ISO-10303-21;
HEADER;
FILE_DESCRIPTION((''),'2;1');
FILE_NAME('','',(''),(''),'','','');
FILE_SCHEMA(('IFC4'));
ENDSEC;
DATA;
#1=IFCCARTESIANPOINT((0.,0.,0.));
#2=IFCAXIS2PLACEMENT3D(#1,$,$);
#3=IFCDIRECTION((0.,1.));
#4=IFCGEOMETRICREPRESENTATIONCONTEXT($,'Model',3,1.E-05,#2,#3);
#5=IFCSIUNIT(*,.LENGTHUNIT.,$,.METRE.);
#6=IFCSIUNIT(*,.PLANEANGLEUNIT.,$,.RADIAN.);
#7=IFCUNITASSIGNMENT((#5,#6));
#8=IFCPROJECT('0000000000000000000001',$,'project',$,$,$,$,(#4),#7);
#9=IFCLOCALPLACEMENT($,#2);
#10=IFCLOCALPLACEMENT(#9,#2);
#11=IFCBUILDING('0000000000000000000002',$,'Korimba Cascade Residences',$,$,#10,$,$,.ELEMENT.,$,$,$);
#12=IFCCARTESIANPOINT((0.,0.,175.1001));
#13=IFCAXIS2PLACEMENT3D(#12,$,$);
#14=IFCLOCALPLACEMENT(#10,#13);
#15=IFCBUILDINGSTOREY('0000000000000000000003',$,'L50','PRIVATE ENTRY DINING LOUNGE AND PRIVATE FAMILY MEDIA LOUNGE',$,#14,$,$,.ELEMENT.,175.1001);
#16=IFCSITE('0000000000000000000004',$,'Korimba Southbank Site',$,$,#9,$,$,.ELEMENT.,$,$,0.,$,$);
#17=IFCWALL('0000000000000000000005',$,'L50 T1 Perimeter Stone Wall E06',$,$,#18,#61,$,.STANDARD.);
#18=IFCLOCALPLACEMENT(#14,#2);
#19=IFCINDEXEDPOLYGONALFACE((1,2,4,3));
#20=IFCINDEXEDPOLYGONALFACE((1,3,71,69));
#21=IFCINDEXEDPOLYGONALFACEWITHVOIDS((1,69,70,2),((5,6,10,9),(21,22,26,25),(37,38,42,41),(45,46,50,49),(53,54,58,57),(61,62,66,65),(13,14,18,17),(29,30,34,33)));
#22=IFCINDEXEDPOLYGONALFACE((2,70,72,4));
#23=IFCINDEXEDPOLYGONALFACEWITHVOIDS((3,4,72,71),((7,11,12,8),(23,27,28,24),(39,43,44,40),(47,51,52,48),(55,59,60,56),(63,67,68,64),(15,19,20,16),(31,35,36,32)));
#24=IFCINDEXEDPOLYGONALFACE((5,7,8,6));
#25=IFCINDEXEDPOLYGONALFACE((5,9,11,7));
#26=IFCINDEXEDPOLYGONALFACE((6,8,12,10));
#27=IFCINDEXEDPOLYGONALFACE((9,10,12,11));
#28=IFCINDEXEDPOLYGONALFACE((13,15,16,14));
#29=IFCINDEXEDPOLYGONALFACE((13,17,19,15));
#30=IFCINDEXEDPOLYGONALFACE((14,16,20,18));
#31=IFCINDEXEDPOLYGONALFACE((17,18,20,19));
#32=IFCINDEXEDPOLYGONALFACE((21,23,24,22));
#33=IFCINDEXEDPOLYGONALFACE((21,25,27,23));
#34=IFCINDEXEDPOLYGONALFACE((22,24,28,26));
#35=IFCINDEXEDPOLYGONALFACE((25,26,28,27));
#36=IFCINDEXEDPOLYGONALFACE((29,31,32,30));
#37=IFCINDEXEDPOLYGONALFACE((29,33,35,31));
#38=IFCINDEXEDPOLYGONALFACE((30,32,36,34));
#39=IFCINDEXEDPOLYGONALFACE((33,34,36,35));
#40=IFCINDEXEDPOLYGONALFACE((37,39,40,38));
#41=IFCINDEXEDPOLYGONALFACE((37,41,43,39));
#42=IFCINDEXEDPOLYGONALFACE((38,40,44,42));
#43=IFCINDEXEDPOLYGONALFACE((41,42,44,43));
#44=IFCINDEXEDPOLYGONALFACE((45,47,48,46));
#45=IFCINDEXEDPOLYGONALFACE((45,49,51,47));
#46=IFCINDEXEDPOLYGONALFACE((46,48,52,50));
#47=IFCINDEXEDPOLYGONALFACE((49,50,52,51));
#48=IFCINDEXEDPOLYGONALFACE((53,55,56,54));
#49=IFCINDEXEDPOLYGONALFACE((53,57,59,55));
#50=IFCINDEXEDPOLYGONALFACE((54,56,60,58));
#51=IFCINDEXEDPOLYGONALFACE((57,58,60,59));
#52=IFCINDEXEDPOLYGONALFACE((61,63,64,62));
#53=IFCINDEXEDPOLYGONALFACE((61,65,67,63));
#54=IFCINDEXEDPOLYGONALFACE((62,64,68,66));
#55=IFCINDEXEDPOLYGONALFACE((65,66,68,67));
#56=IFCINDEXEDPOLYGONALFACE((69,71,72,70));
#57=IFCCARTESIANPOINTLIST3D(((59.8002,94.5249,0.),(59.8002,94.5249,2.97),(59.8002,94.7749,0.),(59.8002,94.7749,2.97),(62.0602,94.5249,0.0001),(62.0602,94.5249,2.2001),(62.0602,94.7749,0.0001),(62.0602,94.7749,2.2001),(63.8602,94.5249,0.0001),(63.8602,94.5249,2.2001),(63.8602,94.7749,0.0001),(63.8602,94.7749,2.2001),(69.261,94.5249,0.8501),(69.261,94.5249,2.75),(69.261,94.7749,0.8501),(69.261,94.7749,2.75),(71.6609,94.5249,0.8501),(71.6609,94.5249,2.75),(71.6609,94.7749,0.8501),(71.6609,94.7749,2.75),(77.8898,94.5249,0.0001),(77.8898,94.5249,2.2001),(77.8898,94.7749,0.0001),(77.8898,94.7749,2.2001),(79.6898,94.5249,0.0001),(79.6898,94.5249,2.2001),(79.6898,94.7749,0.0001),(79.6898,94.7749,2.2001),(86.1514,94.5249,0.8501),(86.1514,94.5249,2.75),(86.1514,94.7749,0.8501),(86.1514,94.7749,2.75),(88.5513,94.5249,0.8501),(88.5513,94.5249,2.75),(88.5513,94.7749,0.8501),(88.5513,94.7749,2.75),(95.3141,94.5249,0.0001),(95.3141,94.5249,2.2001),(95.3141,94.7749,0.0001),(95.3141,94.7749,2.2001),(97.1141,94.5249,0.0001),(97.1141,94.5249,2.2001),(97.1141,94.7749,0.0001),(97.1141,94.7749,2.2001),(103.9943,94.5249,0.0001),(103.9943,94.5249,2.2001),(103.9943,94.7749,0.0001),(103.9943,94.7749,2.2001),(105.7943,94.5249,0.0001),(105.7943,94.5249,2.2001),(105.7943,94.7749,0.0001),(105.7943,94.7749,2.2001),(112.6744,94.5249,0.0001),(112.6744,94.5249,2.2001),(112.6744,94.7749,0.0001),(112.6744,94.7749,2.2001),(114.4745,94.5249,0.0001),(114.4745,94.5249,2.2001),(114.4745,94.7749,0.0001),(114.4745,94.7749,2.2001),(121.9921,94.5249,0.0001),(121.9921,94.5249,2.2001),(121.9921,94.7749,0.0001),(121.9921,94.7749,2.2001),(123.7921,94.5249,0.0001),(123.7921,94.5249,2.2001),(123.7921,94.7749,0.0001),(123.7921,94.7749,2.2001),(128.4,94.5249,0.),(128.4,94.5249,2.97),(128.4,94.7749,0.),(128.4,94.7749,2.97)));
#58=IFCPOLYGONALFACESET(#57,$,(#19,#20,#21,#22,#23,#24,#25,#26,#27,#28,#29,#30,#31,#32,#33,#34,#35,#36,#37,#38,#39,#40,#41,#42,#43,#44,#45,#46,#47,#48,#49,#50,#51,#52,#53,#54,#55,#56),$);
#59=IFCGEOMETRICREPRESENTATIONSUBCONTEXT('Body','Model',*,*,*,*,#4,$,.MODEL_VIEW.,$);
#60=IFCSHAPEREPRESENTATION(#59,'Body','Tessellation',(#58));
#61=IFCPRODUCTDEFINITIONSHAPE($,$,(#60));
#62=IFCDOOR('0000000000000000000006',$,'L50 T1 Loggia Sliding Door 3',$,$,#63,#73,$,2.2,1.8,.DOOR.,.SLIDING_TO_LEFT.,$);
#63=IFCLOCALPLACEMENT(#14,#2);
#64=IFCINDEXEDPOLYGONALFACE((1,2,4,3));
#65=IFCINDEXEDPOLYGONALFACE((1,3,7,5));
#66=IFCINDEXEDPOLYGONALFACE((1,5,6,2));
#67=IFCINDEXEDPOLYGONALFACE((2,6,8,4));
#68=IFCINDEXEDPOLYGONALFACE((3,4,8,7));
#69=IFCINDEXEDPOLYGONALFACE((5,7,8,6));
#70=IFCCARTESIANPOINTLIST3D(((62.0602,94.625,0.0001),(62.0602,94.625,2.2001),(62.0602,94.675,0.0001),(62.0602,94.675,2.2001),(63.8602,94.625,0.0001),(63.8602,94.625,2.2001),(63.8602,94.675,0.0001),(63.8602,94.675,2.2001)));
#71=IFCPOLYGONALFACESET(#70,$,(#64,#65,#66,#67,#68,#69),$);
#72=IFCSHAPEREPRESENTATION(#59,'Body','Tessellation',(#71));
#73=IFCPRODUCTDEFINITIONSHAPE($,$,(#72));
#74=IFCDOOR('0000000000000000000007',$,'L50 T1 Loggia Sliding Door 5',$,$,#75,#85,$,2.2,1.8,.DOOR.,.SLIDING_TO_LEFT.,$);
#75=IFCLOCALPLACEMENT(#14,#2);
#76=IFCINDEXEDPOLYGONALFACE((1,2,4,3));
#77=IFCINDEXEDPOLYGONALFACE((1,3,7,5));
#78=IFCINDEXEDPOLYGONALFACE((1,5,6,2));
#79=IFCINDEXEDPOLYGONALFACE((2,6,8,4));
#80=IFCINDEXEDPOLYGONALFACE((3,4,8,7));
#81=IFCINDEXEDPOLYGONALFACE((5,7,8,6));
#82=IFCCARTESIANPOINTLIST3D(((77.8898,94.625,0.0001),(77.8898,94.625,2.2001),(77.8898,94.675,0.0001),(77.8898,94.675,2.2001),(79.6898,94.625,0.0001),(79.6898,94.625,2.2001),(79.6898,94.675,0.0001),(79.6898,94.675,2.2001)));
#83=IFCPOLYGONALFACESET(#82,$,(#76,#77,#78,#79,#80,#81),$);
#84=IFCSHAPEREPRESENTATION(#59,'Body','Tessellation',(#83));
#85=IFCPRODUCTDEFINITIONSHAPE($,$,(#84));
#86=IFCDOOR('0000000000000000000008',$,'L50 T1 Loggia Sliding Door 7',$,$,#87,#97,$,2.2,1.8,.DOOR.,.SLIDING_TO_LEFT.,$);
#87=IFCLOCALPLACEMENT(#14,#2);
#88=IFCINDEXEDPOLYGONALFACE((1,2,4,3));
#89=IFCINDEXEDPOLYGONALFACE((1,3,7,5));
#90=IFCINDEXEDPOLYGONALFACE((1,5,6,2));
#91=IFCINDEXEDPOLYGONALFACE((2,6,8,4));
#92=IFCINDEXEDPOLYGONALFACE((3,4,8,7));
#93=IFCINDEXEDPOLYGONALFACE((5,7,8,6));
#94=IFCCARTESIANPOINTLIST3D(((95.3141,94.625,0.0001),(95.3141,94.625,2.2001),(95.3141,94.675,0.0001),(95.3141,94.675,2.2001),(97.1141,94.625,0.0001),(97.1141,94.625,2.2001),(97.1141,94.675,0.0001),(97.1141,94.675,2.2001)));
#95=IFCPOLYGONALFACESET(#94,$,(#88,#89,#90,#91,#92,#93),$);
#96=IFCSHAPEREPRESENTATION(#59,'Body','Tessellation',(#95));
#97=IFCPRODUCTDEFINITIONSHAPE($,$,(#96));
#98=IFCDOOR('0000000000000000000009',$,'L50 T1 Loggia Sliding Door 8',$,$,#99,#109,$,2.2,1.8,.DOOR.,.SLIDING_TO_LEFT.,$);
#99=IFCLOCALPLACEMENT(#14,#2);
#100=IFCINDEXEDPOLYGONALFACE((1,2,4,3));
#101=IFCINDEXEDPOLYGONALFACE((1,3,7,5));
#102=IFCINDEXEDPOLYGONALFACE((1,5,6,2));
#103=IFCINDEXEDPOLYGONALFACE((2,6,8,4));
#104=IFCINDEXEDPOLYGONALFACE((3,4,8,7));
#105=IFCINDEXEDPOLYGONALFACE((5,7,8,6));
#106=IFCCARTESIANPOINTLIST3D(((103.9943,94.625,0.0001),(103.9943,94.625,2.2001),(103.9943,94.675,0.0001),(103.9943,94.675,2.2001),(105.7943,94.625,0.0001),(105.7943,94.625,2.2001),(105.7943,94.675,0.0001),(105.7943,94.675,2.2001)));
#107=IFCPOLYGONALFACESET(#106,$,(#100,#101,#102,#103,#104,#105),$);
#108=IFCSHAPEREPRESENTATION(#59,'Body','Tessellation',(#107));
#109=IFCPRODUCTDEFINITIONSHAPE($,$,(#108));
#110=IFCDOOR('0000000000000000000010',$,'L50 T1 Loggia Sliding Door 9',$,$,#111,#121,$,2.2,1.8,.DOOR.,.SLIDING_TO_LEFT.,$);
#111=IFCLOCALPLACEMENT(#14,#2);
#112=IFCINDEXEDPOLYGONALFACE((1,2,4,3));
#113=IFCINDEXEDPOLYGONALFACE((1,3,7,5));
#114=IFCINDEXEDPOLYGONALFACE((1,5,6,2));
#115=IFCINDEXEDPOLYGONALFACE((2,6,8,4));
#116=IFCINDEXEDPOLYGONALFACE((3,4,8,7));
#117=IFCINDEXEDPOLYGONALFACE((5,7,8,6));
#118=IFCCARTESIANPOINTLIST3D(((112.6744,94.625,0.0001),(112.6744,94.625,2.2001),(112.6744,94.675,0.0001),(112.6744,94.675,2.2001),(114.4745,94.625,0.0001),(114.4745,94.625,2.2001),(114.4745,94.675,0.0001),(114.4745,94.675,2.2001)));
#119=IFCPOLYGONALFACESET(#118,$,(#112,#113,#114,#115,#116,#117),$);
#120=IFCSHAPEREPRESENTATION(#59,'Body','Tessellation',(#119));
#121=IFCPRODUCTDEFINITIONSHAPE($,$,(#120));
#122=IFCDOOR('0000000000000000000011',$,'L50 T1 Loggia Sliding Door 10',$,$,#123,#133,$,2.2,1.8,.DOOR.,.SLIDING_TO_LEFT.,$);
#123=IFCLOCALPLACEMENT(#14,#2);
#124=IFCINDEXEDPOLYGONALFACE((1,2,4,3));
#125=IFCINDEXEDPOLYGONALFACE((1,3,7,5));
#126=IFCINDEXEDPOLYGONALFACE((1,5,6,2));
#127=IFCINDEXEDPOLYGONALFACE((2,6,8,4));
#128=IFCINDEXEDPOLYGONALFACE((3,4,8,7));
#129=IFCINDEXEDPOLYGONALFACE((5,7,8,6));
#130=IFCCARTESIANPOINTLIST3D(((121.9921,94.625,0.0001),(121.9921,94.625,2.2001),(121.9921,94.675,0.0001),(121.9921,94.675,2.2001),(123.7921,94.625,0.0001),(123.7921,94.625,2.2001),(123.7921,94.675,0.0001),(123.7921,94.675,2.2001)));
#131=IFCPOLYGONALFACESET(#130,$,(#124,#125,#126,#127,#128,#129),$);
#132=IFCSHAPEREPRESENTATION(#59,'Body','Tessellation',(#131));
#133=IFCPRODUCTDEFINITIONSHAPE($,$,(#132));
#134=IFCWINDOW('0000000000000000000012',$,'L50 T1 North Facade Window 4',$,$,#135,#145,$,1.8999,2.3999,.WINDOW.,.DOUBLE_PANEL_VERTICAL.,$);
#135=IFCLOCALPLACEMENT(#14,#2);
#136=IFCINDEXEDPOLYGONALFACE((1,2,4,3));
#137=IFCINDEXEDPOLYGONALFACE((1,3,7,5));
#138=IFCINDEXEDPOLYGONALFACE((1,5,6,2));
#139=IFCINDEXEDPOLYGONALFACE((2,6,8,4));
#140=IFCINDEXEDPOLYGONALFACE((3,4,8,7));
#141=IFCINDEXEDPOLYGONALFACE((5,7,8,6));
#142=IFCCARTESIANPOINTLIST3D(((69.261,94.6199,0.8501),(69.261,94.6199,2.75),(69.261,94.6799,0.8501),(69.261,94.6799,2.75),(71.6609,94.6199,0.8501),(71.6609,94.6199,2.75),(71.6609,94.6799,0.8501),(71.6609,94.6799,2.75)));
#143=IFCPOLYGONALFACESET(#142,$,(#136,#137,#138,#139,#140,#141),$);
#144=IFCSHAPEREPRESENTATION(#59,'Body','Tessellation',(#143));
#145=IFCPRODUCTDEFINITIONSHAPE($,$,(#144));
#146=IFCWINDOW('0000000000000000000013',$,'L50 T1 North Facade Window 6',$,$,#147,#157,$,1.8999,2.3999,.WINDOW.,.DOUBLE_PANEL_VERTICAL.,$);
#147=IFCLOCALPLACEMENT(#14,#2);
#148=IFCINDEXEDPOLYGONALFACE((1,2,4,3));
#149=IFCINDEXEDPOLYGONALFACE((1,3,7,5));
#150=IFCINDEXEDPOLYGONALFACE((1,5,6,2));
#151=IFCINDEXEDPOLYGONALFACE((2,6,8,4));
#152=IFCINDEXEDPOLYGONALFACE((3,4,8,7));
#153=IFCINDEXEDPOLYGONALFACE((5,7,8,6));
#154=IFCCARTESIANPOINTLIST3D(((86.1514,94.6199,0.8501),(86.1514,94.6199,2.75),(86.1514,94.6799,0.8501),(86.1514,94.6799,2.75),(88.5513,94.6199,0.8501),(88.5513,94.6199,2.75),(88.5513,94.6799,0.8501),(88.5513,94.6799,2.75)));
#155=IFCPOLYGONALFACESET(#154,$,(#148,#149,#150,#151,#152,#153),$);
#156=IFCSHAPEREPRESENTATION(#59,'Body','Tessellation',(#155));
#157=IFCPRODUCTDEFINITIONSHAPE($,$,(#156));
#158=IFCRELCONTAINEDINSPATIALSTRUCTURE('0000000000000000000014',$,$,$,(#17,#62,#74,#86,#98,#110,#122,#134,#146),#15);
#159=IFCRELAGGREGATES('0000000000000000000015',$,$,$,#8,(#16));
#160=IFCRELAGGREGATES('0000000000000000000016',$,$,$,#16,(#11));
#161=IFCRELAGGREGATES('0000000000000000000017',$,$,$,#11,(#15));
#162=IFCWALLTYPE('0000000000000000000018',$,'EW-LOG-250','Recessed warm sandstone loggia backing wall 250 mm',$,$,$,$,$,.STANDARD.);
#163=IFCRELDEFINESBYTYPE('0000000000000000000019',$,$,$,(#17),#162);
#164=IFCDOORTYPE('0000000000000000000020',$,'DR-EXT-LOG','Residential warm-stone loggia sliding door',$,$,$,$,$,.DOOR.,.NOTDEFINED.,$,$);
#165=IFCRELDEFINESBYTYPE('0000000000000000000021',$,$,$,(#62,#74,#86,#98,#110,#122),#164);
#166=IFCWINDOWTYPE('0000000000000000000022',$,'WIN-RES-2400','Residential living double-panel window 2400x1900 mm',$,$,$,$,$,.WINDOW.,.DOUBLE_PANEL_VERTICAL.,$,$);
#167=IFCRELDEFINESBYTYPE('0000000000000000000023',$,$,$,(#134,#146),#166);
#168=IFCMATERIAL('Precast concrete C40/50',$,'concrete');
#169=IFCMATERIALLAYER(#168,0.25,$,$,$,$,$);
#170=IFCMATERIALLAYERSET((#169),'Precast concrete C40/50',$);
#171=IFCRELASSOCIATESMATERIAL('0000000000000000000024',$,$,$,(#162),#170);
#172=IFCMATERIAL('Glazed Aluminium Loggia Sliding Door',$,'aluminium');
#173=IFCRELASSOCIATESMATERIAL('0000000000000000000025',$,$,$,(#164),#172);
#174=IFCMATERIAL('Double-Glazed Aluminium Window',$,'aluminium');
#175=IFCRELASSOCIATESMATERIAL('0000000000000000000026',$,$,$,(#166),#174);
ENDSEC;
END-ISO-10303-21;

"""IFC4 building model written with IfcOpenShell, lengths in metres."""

from ifc_helpers import new_model, si_unit, direction, frame, frame_2d, origin, place, context, subcontext, project, spatial, rectangle, extrude, material, layer, layer_set, type_object, element, fill, save


model = new_model("IFC4")

# Units and contexts
model_context = context("Model", 3, precision=1e-05, world=origin(), true_north=direction((0.0, 1.0)))
body_context = subcontext(model_context, "Body", "Model", "MODEL_VIEW")
ifc_project = project(units=[si_unit("LENGTHUNIT", "METRE"), si_unit("PLANEANGLEUNIT", "RADIAN")], contexts=[model_context])

# Site, building, storey
site_placement = place(None, origin())
site = spatial("IfcSite", under=ifc_project, at=site_placement, Name="Korimba Southbank Site", CompositionType="ELEMENT", RefElevation=0.0)
building_placement = place(site_placement, origin())
building = spatial("IfcBuilding", under=site, at=building_placement, Name="Korimba Cascade Residences", CompositionType="ELEMENT")
storey_placement = place(building_placement, frame((0.0, 0.0, 175.1001)))
storey = spatial("IfcBuildingStorey", under=building, at=storey_placement, Name="L50", Description="PRIVATE ENTRY DINING LOUNGE AND PRIVATE FAMILY MEDIA LOUNGE", CompositionType="ELEMENT", Elevation=175.1001)

# Wall, openings, doors, windows
ifc_material_1 = material(Name="Precast concrete C40/50", Category="concrete")
ifc_layer_1 = layer(ifc_material_1, 0.25)
ifc_layer_set_1 = layer_set([ifc_layer_1], Name="Precast concrete C40/50")
wall_type_1 = type_object("IfcWallType", Name="EW-LOG-250", Description="Recessed warm sandstone loggia backing wall 250 mm", PredefinedType="STANDARD", material=ifc_layer_set_1)
wall_1_placement = place(storey_placement, frame((128.3999, 94.6499, 0.0), z_axis=(0.0, 0.0, 1.0), x_axis=(-1.0, 0.0, 0.0)))
wall_1 = element("IfcWall", 1, at=wall_1_placement, inside=storey, type_object=wall_type_1, Name="L50 T1 Perimeter Stone Wall E06", PredefinedType="STANDARD", context=body_context, shape_type="SweptSolid", body=[
    extrude(rectangle(XDim=68.5999, YDim=0.25, at=frame_2d((34.2998, 0.0))), origin(), (0.0, 0.0, 1.0), 2.97),
])
opening_1_placement = place(wall_1_placement, frame((64.5398, 0.0, 0.0)))
opening_1 = element("IfcOpeningElement", 2, at=opening_1_placement, cuts=wall_1, PredefinedType="OPENING", context=body_context, shape_type="SweptSolid", body=[
    extrude(rectangle(XDim=1.8, YDim=2.2, at=frame_2d((0.8999, 1.1001))), frame((0.0, 0.135, 0.0), z_axis=(0.0, -1.0, 0.0), x_axis=(1.0, 0.0, 0.0)), (0.0, 0.0, 1.0), 0.27),
])
opening_2_placement = place(wall_1_placement, frame((56.739, 0.0, 0.8501)))
opening_2 = element("IfcOpeningElement", 3, at=opening_2_placement, cuts=wall_1, PredefinedType="OPENING", context=body_context, shape_type="SweptSolid", body=[
    extrude(rectangle(XDim=2.3999, YDim=1.8999, at=frame_2d((1.2, 0.95))), frame((0.0, 0.135, 0.0), z_axis=(0.0, -1.0, 0.0), x_axis=(1.0, 0.0, 0.0)), (0.0, 0.0, 1.0), 0.27),
])
opening_3_placement = place(wall_1_placement, frame((48.7102, 0.0, 0.0)))
opening_3 = element("IfcOpeningElement", 4, at=opening_3_placement, cuts=wall_1, PredefinedType="OPENING", context=body_context, shape_type="SweptSolid", body=[
    extrude(rectangle(XDim=1.8, YDim=2.2, at=frame_2d((0.8999, 1.1001))), frame((0.0, 0.135, 0.0), z_axis=(0.0, -1.0, 0.0), x_axis=(1.0, 0.0, 0.0)), (0.0, 0.0, 1.0), 0.27),
])
opening_4_placement = place(wall_1_placement, frame((39.8486, 0.0, 0.8501)))
opening_4 = element("IfcOpeningElement", 5, at=opening_4_placement, cuts=wall_1, PredefinedType="OPENING", context=body_context, shape_type="SweptSolid", body=[
    extrude(rectangle(XDim=2.3999, YDim=1.8999, at=frame_2d((1.2, 0.95))), frame((0.0, 0.135, 0.0), z_axis=(0.0, -1.0, 0.0), x_axis=(1.0, 0.0, 0.0)), (0.0, 0.0, 1.0), 0.27),
])
opening_5_placement = place(wall_1_placement, frame((31.2859, 0.0, 0.0)))
opening_5 = element("IfcOpeningElement", 6, at=opening_5_placement, cuts=wall_1, PredefinedType="OPENING", context=body_context, shape_type="SweptSolid", body=[
    extrude(rectangle(XDim=1.8, YDim=2.2, at=frame_2d((0.8999, 1.1001))), frame((0.0, 0.135, 0.0), z_axis=(0.0, -1.0, 0.0), x_axis=(1.0, 0.0, 0.0)), (0.0, 0.0, 1.0), 0.27),
])
opening_6_placement = place(wall_1_placement, frame((22.6057, 0.0, 0.0)))
opening_6 = element("IfcOpeningElement", 7, at=opening_6_placement, cuts=wall_1, PredefinedType="OPENING", context=body_context, shape_type="SweptSolid", body=[
    extrude(rectangle(XDim=1.8, YDim=2.2, at=frame_2d((0.8999, 1.1001))), frame((0.0, 0.135, 0.0), z_axis=(0.0, -1.0, 0.0), x_axis=(1.0, 0.0, 0.0)), (0.0, 0.0, 1.0), 0.27),
])
opening_7_placement = place(wall_1_placement, frame((13.9255, 0.0, 0.0)))
opening_7 = element("IfcOpeningElement", 8, at=opening_7_placement, cuts=wall_1, PredefinedType="OPENING", context=body_context, shape_type="SweptSolid", body=[
    extrude(rectangle(XDim=1.8, YDim=2.2, at=frame_2d((0.8999, 1.1001))), frame((0.0, 0.135, 0.0), z_axis=(0.0, -1.0, 0.0), x_axis=(1.0, 0.0, 0.0)), (0.0, 0.0, 1.0), 0.27),
])
opening_8_placement = place(wall_1_placement, frame((4.6079, 0.0, 0.0)))
opening_8 = element("IfcOpeningElement", 9, at=opening_8_placement, cuts=wall_1, PredefinedType="OPENING", context=body_context, shape_type="SweptSolid", body=[
    extrude(rectangle(XDim=1.8, YDim=2.2, at=frame_2d((0.8999, 1.1001))), frame((0.0, 0.135, 0.0), z_axis=(0.0, -1.0, 0.0), x_axis=(1.0, 0.0, 0.0)), (0.0, 0.0, 1.0), 0.27),
])
ifc_material_2 = material(Name="Glazed Aluminium Loggia Sliding Door", Category="aluminium")
door_type_1 = type_object("IfcDoorType", Name="DR-EXT-LOG", Description="Residential warm-stone loggia sliding door", OperationType="NOTDEFINED", PredefinedType="DOOR", material=ifc_material_2)
door_1_placement = place(opening_1_placement, origin())
door_1 = element("IfcDoor", 10, at=door_1_placement, inside=storey, type_object=door_type_1, Name="L50 T1 Loggia Sliding Door 3", OperationType="SLIDING_TO_LEFT", OverallHeight=2.2, OverallWidth=1.8, PredefinedType="DOOR", context=body_context, shape_type="SweptSolid", body=[
    extrude(rectangle(XDim=1.8, YDim=2.2, at=frame_2d((0.8999, 1.1001))), frame((0.0, 0.0249, 0.0), z_axis=(0.0, -1.0, 0.0), x_axis=(1.0, 0.0, 0.0)), (0.0, 0.0, 1.0), 0.05),
])
fill(opening_1, door_1)
door_2_placement = place(opening_3_placement, origin())
door_2 = element("IfcDoor", 11, at=door_2_placement, inside=storey, type_object=door_type_1, Name="L50 T1 Loggia Sliding Door 5", OperationType="SLIDING_TO_LEFT", OverallHeight=2.2, OverallWidth=1.8, PredefinedType="DOOR", context=body_context, shape_type="SweptSolid", body=[
    extrude(rectangle(XDim=1.8, YDim=2.2, at=frame_2d((0.8999, 1.1001))), frame((0.0, 0.0249, 0.0), z_axis=(0.0, -1.0, 0.0), x_axis=(1.0, 0.0, 0.0)), (0.0, 0.0, 1.0), 0.05),
])
fill(opening_3, door_2)
door_3_placement = place(opening_5_placement, origin())
door_3 = element("IfcDoor", 12, at=door_3_placement, inside=storey, type_object=door_type_1, Name="L50 T1 Loggia Sliding Door 7", OperationType="SLIDING_TO_LEFT", OverallHeight=2.2, OverallWidth=1.8, PredefinedType="DOOR", context=body_context, shape_type="SweptSolid", body=[
    extrude(rectangle(XDim=1.8, YDim=2.2, at=frame_2d((0.8999, 1.1001))), frame((0.0, 0.0249, 0.0), z_axis=(0.0, -1.0, 0.0), x_axis=(1.0, 0.0, 0.0)), (0.0, 0.0, 1.0), 0.05),
])
fill(opening_5, door_3)
door_4_placement = place(opening_6_placement, origin())
door_4 = element("IfcDoor", 13, at=door_4_placement, inside=storey, type_object=door_type_1, Name="L50 T1 Loggia Sliding Door 8", OperationType="SLIDING_TO_LEFT", OverallHeight=2.2, OverallWidth=1.8, PredefinedType="DOOR", context=body_context, shape_type="SweptSolid", body=[
    extrude(rectangle(XDim=1.8, YDim=2.2, at=frame_2d((0.8999, 1.1001))), frame((0.0, 0.0249, 0.0), z_axis=(0.0, -1.0, 0.0), x_axis=(1.0, 0.0, 0.0)), (0.0, 0.0, 1.0), 0.05),
])
fill(opening_6, door_4)
door_5_placement = place(opening_7_placement, origin())
door_5 = element("IfcDoor", 14, at=door_5_placement, inside=storey, type_object=door_type_1, Name="L50 T1 Loggia Sliding Door 9", OperationType="SLIDING_TO_LEFT", OverallHeight=2.2, OverallWidth=1.8, PredefinedType="DOOR", context=body_context, shape_type="SweptSolid", body=[
    extrude(rectangle(XDim=1.8, YDim=2.2, at=frame_2d((0.8999, 1.1001))), frame((0.0, 0.0249, 0.0), z_axis=(0.0, -1.0, 0.0), x_axis=(1.0, 0.0, 0.0)), (0.0, 0.0, 1.0), 0.05),
])
fill(opening_7, door_5)
door_6_placement = place(opening_8_placement, origin())
door_6 = element("IfcDoor", 15, at=door_6_placement, inside=storey, type_object=door_type_1, Name="L50 T1 Loggia Sliding Door 10", OperationType="SLIDING_TO_LEFT", OverallHeight=2.2, OverallWidth=1.8, PredefinedType="DOOR", context=body_context, shape_type="SweptSolid", body=[
    extrude(rectangle(XDim=1.8, YDim=2.2, at=frame_2d((0.8999, 1.1001))), frame((0.0, 0.0249, 0.0), z_axis=(0.0, -1.0, 0.0), x_axis=(1.0, 0.0, 0.0)), (0.0, 0.0, 1.0), 0.05),
])
fill(opening_8, door_6)
ifc_material_3 = material(Name="Double-Glazed Aluminium Window", Category="aluminium")
window_type = type_object("IfcWindowType", Name="WIN-RES-2400", Description="Residential living double-panel window 2400x1900 mm", PartitioningType="DOUBLE_PANEL_VERTICAL", PredefinedType="WINDOW", material=ifc_material_3)
window_1_placement = place(opening_2_placement, origin())
window_1 = element("IfcWindow", 16, at=window_1_placement, inside=storey, type_object=window_type, Name="L50 T1 North Facade Window 4", OverallHeight=1.8999, OverallWidth=2.3999, PartitioningType="DOUBLE_PANEL_VERTICAL", PredefinedType="WINDOW", context=body_context, shape_type="SweptSolid", body=[
    extrude(rectangle(XDim=2.3999, YDim=1.8999, at=frame_2d((1.2, 0.95))), frame((0.0, 0.03, 0.0), z_axis=(0.0, -1.0, 0.0), x_axis=(1.0, 0.0, 0.0)), (0.0, 0.0, 1.0), 0.0601),
])
fill(opening_2, window_1)
window_2_placement = place(opening_4_placement, origin())
window_2 = element("IfcWindow", 17, at=window_2_placement, inside=storey, type_object=window_type, Name="L50 T1 North Facade Window 6", OverallHeight=1.8999, OverallWidth=2.3999, PartitioningType="DOUBLE_PANEL_VERTICAL", PredefinedType="WINDOW", context=body_context, shape_type="SweptSolid", body=[
    extrude(rectangle(XDim=2.3999, YDim=1.8999, at=frame_2d((1.2, 0.95))), frame((0.0, 0.03, 0.0), z_axis=(0.0, -1.0, 0.0), x_axis=(1.0, 0.0, 0.0)), (0.0, 0.0, 1.0), 0.0601),
])
fill(opening_4, window_2)

save(model, "model.ifc")
